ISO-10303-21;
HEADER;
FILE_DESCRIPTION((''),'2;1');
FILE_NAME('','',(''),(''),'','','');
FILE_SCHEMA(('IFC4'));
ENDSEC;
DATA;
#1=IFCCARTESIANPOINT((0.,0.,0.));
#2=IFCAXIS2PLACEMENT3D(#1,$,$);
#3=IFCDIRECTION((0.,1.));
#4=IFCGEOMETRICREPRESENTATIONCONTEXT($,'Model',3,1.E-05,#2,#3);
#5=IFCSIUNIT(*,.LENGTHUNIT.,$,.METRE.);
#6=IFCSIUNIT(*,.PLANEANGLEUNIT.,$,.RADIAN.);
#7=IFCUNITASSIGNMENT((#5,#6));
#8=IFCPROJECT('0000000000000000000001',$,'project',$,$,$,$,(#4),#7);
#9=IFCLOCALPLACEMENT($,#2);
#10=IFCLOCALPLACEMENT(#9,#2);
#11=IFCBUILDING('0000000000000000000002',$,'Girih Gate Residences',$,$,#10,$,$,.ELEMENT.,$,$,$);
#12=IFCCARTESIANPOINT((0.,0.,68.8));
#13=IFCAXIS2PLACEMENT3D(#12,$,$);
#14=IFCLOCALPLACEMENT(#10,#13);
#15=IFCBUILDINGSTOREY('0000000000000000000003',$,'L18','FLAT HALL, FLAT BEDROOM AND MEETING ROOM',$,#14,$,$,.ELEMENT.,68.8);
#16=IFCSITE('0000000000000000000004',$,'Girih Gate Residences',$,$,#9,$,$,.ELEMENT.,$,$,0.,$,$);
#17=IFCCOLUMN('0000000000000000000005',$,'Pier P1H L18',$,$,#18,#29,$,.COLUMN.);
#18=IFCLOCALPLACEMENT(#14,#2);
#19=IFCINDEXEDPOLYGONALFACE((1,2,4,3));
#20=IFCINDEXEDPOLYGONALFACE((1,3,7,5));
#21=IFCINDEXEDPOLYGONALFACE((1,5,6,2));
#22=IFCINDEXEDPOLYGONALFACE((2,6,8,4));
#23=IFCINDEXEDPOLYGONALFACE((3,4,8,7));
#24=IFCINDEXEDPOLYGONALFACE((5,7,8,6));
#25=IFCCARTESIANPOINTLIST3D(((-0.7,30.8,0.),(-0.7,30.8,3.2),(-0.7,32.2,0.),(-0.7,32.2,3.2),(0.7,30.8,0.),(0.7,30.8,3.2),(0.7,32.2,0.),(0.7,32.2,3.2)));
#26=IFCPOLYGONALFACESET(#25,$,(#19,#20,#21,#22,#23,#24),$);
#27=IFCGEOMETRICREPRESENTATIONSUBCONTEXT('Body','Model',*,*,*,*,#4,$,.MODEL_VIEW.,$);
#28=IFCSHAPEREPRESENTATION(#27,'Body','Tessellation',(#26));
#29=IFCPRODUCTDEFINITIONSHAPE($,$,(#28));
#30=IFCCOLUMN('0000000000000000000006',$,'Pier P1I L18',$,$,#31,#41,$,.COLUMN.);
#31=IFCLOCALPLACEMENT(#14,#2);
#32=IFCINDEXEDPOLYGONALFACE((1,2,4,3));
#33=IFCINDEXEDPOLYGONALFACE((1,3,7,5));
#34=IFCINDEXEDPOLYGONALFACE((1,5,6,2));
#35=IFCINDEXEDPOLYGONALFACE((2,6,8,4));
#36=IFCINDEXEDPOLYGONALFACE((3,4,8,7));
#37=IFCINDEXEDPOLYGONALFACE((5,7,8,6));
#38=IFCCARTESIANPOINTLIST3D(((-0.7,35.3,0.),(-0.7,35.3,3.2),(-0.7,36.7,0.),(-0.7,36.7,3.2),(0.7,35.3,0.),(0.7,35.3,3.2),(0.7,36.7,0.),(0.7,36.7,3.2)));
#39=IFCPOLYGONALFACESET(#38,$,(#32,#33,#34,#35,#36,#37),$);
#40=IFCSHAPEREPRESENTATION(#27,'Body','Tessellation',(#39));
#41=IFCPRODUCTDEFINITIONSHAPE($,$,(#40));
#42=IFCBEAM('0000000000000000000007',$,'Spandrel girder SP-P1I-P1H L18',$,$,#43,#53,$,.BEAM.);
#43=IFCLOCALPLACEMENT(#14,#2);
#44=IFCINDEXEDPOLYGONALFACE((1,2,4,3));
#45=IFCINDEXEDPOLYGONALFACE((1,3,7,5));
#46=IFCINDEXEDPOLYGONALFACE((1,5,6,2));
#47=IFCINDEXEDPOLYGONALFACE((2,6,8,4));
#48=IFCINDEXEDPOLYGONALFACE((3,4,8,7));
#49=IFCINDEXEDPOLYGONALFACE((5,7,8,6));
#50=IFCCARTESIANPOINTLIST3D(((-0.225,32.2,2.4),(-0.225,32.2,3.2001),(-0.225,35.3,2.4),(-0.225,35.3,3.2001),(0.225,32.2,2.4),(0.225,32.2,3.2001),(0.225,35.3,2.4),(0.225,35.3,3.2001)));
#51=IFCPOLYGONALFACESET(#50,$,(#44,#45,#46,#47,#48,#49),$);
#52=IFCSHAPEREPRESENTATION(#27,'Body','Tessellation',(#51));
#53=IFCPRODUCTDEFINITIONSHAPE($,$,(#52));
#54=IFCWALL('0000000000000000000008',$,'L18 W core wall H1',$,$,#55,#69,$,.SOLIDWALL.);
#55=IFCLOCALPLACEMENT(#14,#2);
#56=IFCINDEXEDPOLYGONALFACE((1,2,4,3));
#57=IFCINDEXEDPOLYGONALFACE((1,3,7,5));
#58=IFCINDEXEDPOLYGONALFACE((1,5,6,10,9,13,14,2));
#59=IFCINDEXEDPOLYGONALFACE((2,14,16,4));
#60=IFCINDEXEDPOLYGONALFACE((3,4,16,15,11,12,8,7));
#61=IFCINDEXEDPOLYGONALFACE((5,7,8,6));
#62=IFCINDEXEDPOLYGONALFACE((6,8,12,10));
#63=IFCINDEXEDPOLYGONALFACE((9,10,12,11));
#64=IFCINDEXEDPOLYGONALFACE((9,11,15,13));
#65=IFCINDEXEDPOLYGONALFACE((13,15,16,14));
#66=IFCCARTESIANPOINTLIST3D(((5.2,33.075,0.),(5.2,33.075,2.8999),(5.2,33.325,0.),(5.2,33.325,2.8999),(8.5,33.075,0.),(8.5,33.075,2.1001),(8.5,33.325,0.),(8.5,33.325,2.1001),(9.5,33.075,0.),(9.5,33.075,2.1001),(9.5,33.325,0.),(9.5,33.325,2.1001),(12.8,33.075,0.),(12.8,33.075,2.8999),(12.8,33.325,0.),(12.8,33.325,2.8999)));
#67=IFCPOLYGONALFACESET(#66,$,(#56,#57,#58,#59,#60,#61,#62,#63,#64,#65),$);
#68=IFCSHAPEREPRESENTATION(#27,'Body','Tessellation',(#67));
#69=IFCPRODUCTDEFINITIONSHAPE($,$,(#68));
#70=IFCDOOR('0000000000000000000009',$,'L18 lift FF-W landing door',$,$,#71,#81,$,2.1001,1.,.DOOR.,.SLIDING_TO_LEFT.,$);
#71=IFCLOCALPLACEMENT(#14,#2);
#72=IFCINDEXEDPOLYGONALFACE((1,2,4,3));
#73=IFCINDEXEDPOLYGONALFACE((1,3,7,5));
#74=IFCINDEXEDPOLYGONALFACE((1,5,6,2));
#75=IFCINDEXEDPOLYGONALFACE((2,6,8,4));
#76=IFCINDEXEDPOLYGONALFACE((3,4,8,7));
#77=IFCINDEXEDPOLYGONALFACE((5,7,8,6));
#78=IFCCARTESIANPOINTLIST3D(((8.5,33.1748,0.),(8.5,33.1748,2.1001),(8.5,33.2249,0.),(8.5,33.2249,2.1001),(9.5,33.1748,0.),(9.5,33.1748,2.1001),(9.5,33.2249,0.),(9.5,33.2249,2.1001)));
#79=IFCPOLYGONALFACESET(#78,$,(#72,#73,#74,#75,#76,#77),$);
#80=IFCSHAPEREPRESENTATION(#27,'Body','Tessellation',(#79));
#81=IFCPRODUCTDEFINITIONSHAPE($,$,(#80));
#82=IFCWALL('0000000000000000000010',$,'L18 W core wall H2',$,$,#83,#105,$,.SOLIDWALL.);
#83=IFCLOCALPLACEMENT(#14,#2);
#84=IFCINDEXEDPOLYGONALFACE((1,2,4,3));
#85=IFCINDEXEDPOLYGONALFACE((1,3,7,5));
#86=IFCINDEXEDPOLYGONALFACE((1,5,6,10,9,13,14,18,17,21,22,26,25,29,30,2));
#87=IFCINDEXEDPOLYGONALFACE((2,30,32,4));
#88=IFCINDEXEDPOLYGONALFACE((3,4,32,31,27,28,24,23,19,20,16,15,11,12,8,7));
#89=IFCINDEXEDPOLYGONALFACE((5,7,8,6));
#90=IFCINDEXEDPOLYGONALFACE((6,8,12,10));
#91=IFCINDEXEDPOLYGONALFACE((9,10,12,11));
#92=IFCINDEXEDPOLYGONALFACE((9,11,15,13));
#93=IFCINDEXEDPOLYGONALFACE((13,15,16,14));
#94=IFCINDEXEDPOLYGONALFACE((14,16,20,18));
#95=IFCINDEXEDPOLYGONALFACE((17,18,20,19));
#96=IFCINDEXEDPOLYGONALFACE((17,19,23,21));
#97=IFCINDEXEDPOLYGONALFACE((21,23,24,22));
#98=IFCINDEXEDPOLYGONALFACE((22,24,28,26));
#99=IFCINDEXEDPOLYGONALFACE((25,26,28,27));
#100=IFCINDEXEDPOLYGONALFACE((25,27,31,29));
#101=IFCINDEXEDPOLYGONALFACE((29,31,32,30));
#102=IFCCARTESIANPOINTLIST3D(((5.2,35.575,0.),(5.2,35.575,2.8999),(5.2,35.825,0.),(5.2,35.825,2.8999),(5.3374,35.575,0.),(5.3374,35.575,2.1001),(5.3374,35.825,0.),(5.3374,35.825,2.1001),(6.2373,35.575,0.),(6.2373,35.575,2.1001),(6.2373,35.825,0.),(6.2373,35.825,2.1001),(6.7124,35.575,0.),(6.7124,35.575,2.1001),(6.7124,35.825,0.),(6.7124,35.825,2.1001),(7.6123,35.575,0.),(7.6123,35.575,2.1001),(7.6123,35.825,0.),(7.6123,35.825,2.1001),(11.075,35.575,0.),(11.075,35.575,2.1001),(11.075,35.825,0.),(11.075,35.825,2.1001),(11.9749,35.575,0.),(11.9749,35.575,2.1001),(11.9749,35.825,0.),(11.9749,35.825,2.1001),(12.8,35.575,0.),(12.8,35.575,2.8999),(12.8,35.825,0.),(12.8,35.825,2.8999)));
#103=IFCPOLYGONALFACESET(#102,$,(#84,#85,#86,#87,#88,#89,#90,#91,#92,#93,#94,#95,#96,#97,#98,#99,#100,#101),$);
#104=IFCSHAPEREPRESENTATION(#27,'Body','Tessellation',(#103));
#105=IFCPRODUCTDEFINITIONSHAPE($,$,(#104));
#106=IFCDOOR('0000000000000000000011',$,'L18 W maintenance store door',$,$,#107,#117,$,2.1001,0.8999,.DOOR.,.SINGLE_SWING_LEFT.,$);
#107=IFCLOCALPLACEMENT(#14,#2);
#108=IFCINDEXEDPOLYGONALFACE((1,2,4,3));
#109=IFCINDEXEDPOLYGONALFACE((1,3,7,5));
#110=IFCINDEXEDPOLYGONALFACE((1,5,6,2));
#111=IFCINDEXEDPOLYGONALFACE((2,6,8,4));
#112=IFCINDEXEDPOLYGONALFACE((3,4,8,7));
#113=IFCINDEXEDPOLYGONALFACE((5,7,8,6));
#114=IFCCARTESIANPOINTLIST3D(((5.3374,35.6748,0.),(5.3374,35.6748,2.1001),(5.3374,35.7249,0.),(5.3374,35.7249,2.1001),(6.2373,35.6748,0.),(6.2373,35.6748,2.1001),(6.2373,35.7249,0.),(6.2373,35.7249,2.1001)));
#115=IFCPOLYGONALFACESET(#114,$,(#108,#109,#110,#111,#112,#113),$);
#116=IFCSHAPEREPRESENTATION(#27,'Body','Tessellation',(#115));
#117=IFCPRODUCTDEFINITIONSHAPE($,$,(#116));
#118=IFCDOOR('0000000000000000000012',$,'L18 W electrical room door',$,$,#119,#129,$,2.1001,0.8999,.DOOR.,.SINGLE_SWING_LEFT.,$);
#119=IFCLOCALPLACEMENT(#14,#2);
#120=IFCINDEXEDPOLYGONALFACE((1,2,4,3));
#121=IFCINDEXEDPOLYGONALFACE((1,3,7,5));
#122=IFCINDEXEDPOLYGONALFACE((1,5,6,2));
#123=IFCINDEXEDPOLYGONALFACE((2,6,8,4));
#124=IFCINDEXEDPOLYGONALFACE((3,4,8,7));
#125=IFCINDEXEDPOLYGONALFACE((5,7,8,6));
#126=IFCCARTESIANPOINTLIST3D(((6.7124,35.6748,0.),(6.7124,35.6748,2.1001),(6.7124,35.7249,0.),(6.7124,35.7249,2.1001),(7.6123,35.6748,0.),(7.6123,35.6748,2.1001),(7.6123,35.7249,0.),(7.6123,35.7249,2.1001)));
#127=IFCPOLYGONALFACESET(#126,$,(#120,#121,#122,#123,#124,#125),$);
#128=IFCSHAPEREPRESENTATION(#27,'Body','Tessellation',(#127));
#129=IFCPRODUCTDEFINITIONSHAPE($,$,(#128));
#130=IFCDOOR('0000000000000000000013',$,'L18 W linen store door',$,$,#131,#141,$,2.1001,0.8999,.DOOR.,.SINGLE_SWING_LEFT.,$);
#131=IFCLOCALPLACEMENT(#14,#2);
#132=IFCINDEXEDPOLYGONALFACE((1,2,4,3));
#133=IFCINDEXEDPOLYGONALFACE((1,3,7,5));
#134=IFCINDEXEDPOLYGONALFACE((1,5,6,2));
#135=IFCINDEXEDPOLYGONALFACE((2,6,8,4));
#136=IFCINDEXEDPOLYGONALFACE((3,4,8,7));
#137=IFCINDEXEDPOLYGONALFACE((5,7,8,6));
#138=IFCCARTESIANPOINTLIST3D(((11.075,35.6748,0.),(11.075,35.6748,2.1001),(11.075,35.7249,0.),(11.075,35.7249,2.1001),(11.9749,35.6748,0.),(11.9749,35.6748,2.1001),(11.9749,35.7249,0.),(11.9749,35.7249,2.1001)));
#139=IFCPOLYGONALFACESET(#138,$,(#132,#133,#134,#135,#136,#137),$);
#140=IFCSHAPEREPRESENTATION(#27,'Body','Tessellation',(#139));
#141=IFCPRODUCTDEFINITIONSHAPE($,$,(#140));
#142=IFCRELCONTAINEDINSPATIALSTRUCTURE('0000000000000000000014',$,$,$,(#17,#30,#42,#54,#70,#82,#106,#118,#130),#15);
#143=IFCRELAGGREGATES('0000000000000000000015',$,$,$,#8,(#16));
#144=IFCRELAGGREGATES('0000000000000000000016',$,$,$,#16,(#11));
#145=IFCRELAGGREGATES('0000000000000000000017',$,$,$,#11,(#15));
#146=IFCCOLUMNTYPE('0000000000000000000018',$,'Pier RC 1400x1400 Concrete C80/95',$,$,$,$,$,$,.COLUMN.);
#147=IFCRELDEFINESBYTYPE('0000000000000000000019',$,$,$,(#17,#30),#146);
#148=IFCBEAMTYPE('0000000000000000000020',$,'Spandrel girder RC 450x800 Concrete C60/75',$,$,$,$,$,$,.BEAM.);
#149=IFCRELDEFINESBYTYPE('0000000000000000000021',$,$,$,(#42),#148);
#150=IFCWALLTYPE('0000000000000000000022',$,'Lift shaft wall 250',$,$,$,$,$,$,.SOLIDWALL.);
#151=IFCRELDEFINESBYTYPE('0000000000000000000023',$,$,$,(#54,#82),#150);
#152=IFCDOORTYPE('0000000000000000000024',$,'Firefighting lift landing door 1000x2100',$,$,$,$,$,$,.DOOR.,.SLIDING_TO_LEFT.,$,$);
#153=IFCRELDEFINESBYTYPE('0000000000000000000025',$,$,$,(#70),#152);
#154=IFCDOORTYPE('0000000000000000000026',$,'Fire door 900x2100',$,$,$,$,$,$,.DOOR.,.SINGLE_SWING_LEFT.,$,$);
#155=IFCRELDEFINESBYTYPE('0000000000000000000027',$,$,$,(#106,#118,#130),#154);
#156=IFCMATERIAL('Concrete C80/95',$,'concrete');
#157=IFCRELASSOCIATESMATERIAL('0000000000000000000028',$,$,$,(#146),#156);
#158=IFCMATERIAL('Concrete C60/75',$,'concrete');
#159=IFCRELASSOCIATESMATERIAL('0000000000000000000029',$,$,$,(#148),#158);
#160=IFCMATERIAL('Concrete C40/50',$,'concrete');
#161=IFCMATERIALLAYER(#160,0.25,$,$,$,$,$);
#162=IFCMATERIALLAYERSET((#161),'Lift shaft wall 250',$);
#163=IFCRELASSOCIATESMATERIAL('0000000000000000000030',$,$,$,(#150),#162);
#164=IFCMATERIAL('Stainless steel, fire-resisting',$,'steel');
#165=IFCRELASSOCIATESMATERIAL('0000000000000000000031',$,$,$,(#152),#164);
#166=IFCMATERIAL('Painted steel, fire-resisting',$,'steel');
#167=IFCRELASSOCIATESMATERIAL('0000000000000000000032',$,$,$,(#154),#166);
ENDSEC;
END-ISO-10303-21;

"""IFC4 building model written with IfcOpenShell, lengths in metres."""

from ifc_helpers import new_model, si_unit, direction, frame, frame_2d, origin, origin_2d, place, context, subcontext, project, spatial, rectangle, extrude, material, layer, layer_set, material_profile, profile_set, type_object, element, fill, save


model = new_model("IFC4")

# Units and contexts
model_context = context("Model", 3, precision=1e-05, world=origin(), true_north=direction((0.0, 1.0)))
body_context = subcontext(model_context, "Body", "Model", "MODEL_VIEW")
ifc_project = project(units=[si_unit("LENGTHUNIT", "METRE"), si_unit("PLANEANGLEUNIT", "RADIAN")], contexts=[model_context])

# Site, building, storey
site_placement = place(None, origin())
site = spatial("IfcSite", under=ifc_project, at=site_placement, Name="Girih Gate Residences", CompositionType="ELEMENT", RefElevation=0.0)
building_placement = place(site_placement, origin())
building = spatial("IfcBuilding", under=site, at=building_placement, Name="Girih Gate Residences", CompositionType="ELEMENT")
storey_placement = place(building_placement, frame((0.0, 0.0, 68.8)))
storey = spatial("IfcBuildingStorey", under=building, at=storey_placement, Name="L18", Description="FLAT HALL, FLAT BEDROOM AND MEETING ROOM", CompositionType="ELEMENT", Elevation=68.8)

# Columns
ifc_material_1 = material(Name="Concrete C80/95", Category="concrete")
ifc_material_profile_1 = material_profile(ifc_material_1, rectangle(XDim=1.3999, YDim=1.3999, at=origin_2d()))
ifc_profile_set_1 = profile_set([ifc_material_profile_1], Name="Concrete C80/95")
column_type = type_object("IfcColumnType", Name="Pier RC 1400x1400 Concrete C80/95", PredefinedType="COLUMN", material=ifc_profile_set_1)
for number, where, z_axis, x_axis, name in (
    (1, (0.0, 31.5, 0.0), (0.0, 0.0, 1.0), (1.0, 0.0, 0.0), "Pier P1H L18"),
    (2, (0.0, 36.0, 0.0), (0.0, 0.0, 1.0), (1.0, 0.0, 0.0), "Pier P1I L18"),
):
    element("IfcColumn", number, at=place(storey_placement, frame(where, z_axis=z_axis, x_axis=x_axis)), inside=storey, type_object=column_type, Name=name, PredefinedType="COLUMN", context=body_context, shape_type="SweptSolid", body=[
        extrude(rectangle(XDim=1.3999, YDim=1.3999, at=origin_2d()), origin(), (0.0, 0.0, 1.0), 3.2),
    ])

# Beam
ifc_material_2 = material(Name="Concrete C60/75", Category="concrete")
ifc_material_profile_2 = material_profile(ifc_material_2, rectangle(XDim=0.45, YDim=0.8, at=origin_2d()))
ifc_profile_set_2 = profile_set([ifc_material_profile_2], Name="Concrete C60/75")
beam_type = type_object("IfcBeamType", Name="Spandrel girder RC 450x800 Concrete C60/75", PredefinedType="BEAM", material=ifc_profile_set_2)
beam_placement = place(storey_placement, frame((0.0, 35.3, 2.8), z_axis=(0.0, -1.0, 0.0), x_axis=(1.0, 0.0, 0.0)))
element("IfcBeam", 3, at=beam_placement, inside=storey, type_object=beam_type, Name="Spandrel girder SP-P1I-P1H L18", PredefinedType="BEAM", context=body_context, shape_type="SweptSolid", body=[
    extrude(rectangle(XDim=0.45, YDim=0.8, at=origin_2d()), origin(), (0.0, 0.0, 1.0), 3.1001),
])

# Wall, opening, door
ifc_material_3 = material(Name="Concrete C40/50", Category="concrete")
ifc_layer_1 = layer(ifc_material_3, 0.25)
ifc_layer_set_1 = layer_set([ifc_layer_1], Name="Lift shaft wall 250")
wall_type_1 = type_object("IfcWallType", Name="Lift shaft wall 250", PredefinedType="SOLIDWALL", material=ifc_layer_set_1)
wall_1_placement = place(storey_placement, frame((5.2, 33.2, 0.0), z_axis=(0.0, 0.0, 1.0), x_axis=(1.0, 0.0, 0.0)))
wall_1 = element("IfcWall", 4, at=wall_1_placement, inside=storey, type_object=wall_type_1, Name="L18 W core wall H1", PredefinedType="SOLIDWALL", context=body_context, shape_type="SweptSolid", body=[
    extrude(rectangle(XDim=7.6001, YDim=0.25, at=frame_2d((3.8, 0.0))), origin(), (0.0, 0.0, 1.0), 2.8999),
])
opening_1_placement = place(wall_1_placement, frame((3.3, 0.0, 0.0)))
opening_1 = element("IfcOpeningElement", 5, at=opening_1_placement, cuts=wall_1, PredefinedType="OPENING", context=body_context, shape_type="SweptSolid", body=[
    extrude(rectangle(XDim=1.0, YDim=2.1001, at=frame_2d((0.5, 1.05))), frame((0.0, 0.135, 0.0), z_axis=(0.0, -1.0, 0.0), x_axis=(1.0, 0.0, 0.0)), (0.0, 0.0, 1.0), 0.27),
])
ifc_material_4 = material(Name="Stainless steel, fire-resisting", Category="steel")
door_type_1 = type_object("IfcDoorType", Name="Firefighting lift landing door 1000x2100", OperationType="SLIDING_TO_LEFT", PredefinedType="DOOR", material=ifc_material_4)
door_1_placement = place(opening_1_placement, origin())
door_1 = element("IfcDoor", 6, at=door_1_placement, inside=storey, type_object=door_type_1, Name="L18 lift FF-W landing door", OperationType="SLIDING_TO_LEFT", OverallHeight=2.1001, OverallWidth=1.0, PredefinedType="DOOR", context=body_context, shape_type="SweptSolid", body=[
    extrude(rectangle(XDim=1.0, YDim=2.1001, at=frame_2d((0.5, 1.05))), frame((0.0, 0.0249, 0.0), z_axis=(0.0, -1.0, 0.0), x_axis=(1.0, 0.0, 0.0)), (0.0, 0.0, 1.0), 0.05),
])
fill(opening_1, door_1)

# Wall, openings, doors
wall_2_placement = place(storey_placement, frame((5.2, 35.7, 0.0), z_axis=(0.0, 0.0, 1.0), x_axis=(1.0, 0.0, 0.0)))
wall_2 = element("IfcWall", 7, at=wall_2_placement, inside=storey, type_object=wall_type_1, Name="L18 W core wall H2", PredefinedType="SOLIDWALL", context=body_context, shape_type="SweptSolid", body=[
    extrude(rectangle(XDim=7.6001, YDim=0.25, at=frame_2d((3.8, 0.0))), origin(), (0.0, 0.0, 1.0), 2.8999),
])
opening_2_placement = place(wall_2_placement, frame((0.1375, 0.0, 0.0)))
opening_2 = element("IfcOpeningElement", 8, at=opening_2_placement, cuts=wall_2, PredefinedType="OPENING", context=body_context, shape_type="SweptSolid", body=[
    extrude(rectangle(XDim=0.8999, YDim=2.1001, at=frame_2d((0.45, 1.05))), frame((0.0, 0.135, 0.0), z_axis=(0.0, -1.0, 0.0), x_axis=(1.0, 0.0, 0.0)), (0.0, 0.0, 1.0), 0.27),
])
opening_3_placement = place(wall_2_placement, frame((1.5125, 0.0, 0.0)))
opening_3 = element("IfcOpeningElement", 9, at=opening_3_placement, cuts=wall_2, PredefinedType="OPENING", context=body_context, shape_type="SweptSolid", body=[
    extrude(rectangle(XDim=0.8999, YDim=2.1001, at=frame_2d((0.45, 1.05))), frame((0.0, 0.135, 0.0), z_axis=(0.0, -1.0, 0.0), x_axis=(1.0, 0.0, 0.0)), (0.0, 0.0, 1.0), 0.27),
])
opening_4_placement = place(wall_2_placement, frame((5.875, 0.0, 0.0)))
opening_4 = element("IfcOpeningElement", 10, at=opening_4_placement, cuts=wall_2, PredefinedType="OPENING", context=body_context, shape_type="SweptSolid", body=[
    extrude(rectangle(XDim=0.8999, YDim=2.1001, at=frame_2d((0.45, 1.05))), frame((0.0, 0.135, 0.0), z_axis=(0.0, -1.0, 0.0), x_axis=(1.0, 0.0, 0.0)), (0.0, 0.0, 1.0), 0.27),
])
ifc_material_5 = material(Name="Painted steel, fire-resisting", Category="steel")
door_type_2 = type_object("IfcDoorType", Name="Fire door 900x2100", OperationType="SINGLE_SWING_LEFT", PredefinedType="DOOR", material=ifc_material_5)
door_2_placement = place(opening_2_placement, origin())
door_2 = element("IfcDoor", 11, at=door_2_placement, inside=storey, type_object=door_type_2, Name="L18 W maintenance store door", OperationType="SINGLE_SWING_LEFT", OverallHeight=2.1001, OverallWidth=0.8999, PredefinedType="DOOR", context=body_context, shape_type="SweptSolid", body=[
    extrude(rectangle(XDim=0.8999, YDim=2.1001, at=frame_2d((0.45, 1.05))), frame((0.0, 0.0249, 0.0), z_axis=(0.0, -1.0, 0.0), x_axis=(1.0, 0.0, 0.0)), (0.0, 0.0, 1.0), 0.05),
])
fill(opening_2, door_2)
door_3_placement = place(opening_3_placement, origin())
door_3 = element("IfcDoor", 12, at=door_3_placement, inside=storey, type_object=door_type_2, Name="L18 W electrical room door", OperationType="SINGLE_SWING_LEFT", OverallHeight=2.1001, OverallWidth=0.8999, PredefinedType="DOOR", context=body_context, shape_type="SweptSolid", body=[
    extrude(rectangle(XDim=0.8999, YDim=2.1001, at=frame_2d((0.45, 1.05))), frame((0.0, 0.0249, 0.0), z_axis=(0.0, -1.0, 0.0), x_axis=(1.0, 0.0, 0.0)), (0.0, 0.0, 1.0), 0.05),
])
fill(opening_3, door_3)
door_4_placement = place(opening_4_placement, origin())
door_4 = element("IfcDoor", 13, at=door_4_placement, inside=storey, type_object=door_type_2, Name="L18 W linen store door", OperationType="SINGLE_SWING_LEFT", OverallHeight=2.1001, OverallWidth=0.8999, PredefinedType="DOOR", context=body_context, shape_type="SweptSolid", body=[
    extrude(rectangle(XDim=0.8999, YDim=2.1001, at=frame_2d((0.45, 1.05))), frame((0.0, 0.0249, 0.0), z_axis=(0.0, -1.0, 0.0), x_axis=(1.0, 0.0, 0.0)), (0.0, 0.0, 1.0), 0.05),
])
fill(opening_4, door_4)

save(model, "model.ifc")
